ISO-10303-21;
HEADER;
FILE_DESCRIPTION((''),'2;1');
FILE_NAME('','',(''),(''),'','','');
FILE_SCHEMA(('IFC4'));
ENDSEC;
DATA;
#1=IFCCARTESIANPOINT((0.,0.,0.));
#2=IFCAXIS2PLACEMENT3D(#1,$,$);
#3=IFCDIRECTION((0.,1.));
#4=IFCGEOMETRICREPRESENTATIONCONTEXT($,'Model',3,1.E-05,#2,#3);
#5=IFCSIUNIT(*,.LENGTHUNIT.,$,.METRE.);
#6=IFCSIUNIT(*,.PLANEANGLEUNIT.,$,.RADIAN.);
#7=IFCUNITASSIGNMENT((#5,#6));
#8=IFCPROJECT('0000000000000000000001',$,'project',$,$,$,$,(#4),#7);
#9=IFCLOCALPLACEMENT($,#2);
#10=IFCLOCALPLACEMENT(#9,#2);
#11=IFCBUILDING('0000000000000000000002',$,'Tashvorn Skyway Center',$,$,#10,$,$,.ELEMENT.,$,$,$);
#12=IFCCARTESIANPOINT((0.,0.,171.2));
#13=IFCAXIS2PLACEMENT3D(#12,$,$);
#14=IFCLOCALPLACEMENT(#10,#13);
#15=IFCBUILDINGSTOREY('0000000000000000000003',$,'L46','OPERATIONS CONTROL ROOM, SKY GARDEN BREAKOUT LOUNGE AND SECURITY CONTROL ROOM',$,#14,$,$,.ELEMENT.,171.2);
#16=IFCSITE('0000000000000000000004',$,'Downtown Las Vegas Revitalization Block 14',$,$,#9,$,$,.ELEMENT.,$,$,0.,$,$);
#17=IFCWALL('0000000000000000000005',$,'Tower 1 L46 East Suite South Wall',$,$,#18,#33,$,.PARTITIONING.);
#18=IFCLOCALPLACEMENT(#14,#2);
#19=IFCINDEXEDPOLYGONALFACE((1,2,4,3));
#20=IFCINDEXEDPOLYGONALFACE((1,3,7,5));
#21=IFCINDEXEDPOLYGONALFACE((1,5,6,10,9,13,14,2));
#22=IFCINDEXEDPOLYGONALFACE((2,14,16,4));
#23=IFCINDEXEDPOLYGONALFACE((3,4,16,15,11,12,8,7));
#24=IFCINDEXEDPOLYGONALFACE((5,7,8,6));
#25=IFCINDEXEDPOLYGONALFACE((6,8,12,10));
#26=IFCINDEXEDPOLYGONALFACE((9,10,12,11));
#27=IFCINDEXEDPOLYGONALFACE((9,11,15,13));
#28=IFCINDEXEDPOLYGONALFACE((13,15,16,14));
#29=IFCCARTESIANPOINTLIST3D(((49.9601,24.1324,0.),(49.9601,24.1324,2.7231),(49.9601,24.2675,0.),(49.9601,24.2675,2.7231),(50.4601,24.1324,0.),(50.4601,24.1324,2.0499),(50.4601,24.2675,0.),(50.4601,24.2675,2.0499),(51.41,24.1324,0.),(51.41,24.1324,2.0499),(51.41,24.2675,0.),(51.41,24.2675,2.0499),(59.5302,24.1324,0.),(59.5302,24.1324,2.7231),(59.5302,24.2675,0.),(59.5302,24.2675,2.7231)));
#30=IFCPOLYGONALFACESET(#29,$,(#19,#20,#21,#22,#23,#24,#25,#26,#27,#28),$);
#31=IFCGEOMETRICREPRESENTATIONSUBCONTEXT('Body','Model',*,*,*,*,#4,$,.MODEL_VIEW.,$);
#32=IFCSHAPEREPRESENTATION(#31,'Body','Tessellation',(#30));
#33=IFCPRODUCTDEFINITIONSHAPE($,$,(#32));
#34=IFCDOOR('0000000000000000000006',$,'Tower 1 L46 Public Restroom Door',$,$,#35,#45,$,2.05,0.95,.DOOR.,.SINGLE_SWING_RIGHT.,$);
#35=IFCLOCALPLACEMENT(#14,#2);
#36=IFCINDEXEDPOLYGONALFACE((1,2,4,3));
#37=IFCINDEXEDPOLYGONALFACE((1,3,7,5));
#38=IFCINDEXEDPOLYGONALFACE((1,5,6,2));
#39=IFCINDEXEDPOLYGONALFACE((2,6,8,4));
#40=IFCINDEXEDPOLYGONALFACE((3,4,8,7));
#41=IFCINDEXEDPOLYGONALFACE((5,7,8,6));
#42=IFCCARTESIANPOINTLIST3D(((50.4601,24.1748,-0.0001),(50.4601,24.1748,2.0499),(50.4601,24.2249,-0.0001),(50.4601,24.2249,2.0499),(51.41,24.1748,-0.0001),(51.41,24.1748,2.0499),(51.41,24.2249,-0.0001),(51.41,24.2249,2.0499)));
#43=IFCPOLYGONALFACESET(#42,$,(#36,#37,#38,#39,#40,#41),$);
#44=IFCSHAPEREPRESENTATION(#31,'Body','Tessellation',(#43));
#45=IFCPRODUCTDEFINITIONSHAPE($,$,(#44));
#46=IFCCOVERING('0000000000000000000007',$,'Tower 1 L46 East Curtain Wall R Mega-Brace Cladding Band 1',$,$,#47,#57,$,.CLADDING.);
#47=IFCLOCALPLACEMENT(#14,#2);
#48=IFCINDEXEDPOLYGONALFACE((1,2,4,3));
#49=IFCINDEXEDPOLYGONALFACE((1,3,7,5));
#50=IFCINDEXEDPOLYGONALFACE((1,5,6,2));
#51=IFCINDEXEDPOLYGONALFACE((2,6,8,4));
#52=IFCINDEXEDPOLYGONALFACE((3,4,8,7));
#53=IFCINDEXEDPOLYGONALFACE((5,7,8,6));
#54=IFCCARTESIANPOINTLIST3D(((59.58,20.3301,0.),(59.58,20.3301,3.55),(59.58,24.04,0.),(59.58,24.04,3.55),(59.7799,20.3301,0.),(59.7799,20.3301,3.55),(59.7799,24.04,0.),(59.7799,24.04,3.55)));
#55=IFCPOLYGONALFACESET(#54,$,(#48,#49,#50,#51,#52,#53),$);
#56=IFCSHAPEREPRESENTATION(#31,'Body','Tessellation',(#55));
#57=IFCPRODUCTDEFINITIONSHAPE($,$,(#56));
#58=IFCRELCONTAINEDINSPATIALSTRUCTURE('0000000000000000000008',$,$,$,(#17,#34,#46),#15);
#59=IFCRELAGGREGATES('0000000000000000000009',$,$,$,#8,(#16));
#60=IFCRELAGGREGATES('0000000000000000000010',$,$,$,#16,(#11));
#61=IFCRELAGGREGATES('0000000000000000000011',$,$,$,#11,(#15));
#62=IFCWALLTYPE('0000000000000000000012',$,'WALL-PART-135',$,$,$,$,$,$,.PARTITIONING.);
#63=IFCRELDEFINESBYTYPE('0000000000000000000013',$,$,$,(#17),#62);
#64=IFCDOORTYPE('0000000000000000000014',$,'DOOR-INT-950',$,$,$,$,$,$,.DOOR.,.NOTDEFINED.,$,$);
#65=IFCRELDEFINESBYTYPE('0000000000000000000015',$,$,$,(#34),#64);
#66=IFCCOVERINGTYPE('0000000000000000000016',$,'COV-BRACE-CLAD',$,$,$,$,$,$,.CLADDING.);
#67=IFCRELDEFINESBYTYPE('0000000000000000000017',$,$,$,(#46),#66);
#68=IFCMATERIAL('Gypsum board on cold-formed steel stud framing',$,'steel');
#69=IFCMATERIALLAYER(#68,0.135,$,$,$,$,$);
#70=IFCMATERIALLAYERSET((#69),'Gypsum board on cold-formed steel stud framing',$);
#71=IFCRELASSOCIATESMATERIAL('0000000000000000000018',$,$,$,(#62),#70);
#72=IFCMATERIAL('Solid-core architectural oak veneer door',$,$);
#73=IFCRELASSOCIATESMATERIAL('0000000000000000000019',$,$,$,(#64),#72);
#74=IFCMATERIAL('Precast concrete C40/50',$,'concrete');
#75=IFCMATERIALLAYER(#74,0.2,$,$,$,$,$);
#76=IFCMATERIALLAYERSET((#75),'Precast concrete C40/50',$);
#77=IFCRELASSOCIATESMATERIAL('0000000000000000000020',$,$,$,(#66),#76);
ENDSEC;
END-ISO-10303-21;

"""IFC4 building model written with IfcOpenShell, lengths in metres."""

from ifc_helpers import new_model, si_unit, direction, frame, frame_2d, origin, origin_2d, place, context, subcontext, project, spatial, rectangle, extrude, material, layer, layer_set, type_object, element, fill, save


model = new_model("IFC4")

# Units and contexts
model_context = context("Model", 3, precision=1e-05, world=origin(), true_north=direction((0.0, 1.0)))
body_context = subcontext(model_context, "Body", "Model", "MODEL_VIEW")
ifc_project = project(units=[si_unit("LENGTHUNIT", "METRE"), si_unit("PLANEANGLEUNIT", "RADIAN")], contexts=[model_context])

# Site, building, storey
site_placement = place(None, origin())
site = spatial("IfcSite", under=ifc_project, at=site_placement, Name="Downtown Las Vegas Revitalization Block 14", CompositionType="ELEMENT", RefElevation=0.0)
building_placement = place(site_placement, origin())
building = spatial("IfcBuilding", under=site, at=building_placement, Name="Tashvorn Skyway Center", CompositionType="ELEMENT")
storey_placement = place(building_placement, frame((0.0, 0.0, 171.2)))
storey = spatial("IfcBuildingStorey", under=building, at=storey_placement, Name="L46", Description="OPERATIONS CONTROL ROOM, SKY GARDEN BREAKOUT LOUNGE AND SECURITY CONTROL ROOM", CompositionType="ELEMENT", Elevation=171.2)

# Shared definitions
ifc_material_1 = material(Name="Gypsum board on cold-formed steel stud framing", Category="steel")
ifc_layer_1 = layer(ifc_material_1, 0.135)
ifc_layer_set_1 = layer_set([ifc_layer_1], Name="Gypsum board on cold-formed steel stud framing")
wall_type_1 = type_object("IfcWallType", Name="WALL-PART-135", PredefinedType="PARTITIONING", material=ifc_layer_set_1)
ifc_material_2 = material(Name="Solid-core architectural oak veneer door")
door_type_1 = type_object("IfcDoorType", Name="DOOR-INT-950", OperationType="NOTDEFINED", PredefinedType="DOOR", material=ifc_material_2)

# Wall, opening, door
wall_1_placement = place(storey_placement, frame((49.96, 24.2, 0.0), z_axis=(0.0, 0.0, 1.0), x_axis=(1.0, 0.0, 0.0)))
wall_1 = element("IfcWall", 1, at=wall_1_placement, inside=storey, type_object=wall_type_1, Name="Tower 1 L46 East Suite South Wall", PredefinedType="PARTITIONING", context=body_context, shape_type="SweptSolid", body=[
    extrude(rectangle(XDim=9.5701, YDim=0.135, at=frame_2d((4.7852, 0.0))), origin(), (0.0, 0.0, 1.0), 2.7231),
])
opening_1_placement = place(wall_1_placement, frame((0.5, 0.0, 0.0)))
opening_1 = element("IfcOpeningElement", 2, at=opening_1_placement, cuts=wall_1, PredefinedType="OPENING", context=body_context, shape_type="SweptSolid", body=[
    extrude(rectangle(XDim=0.95, YDim=2.05, at=frame_2d((0.4751, 1.0249))), frame((0.0, 0.0774, 0.0), z_axis=(0.0, -1.0, 0.0), x_axis=(1.0, 0.0, 0.0)), (0.0, 0.0, 1.0), 0.155),
])
door_1_placement = place(opening_1_placement, origin())
door_1 = element("IfcDoor", 3, at=door_1_placement, inside=storey, type_object=door_type_1, Name="Tower 1 L46 Public Restroom Door", OperationType="SINGLE_SWING_RIGHT", OverallHeight=2.05, OverallWidth=0.95, PredefinedType="DOOR", context=body_context, shape_type="SweptSolid", body=[
    extrude(rectangle(XDim=0.95, YDim=2.05, at=frame_2d((0.4751, 1.0249))), frame((0.0, 0.0249, 0.0), z_axis=(0.0, -1.0, 0.0), x_axis=(1.0, 0.0, 0.0)), (0.0, 0.0, 1.0), 0.05),
])
fill(opening_1, door_1)

# Covering
ifc_material_3 = material(Name="Precast concrete C40/50", Category="concrete")
ifc_layer_2 = layer(ifc_material_3, 0.2)
ifc_layer_set_2 = layer_set([ifc_layer_2], Name="Precast concrete C40/50")
covering_type = type_object("IfcCoveringType", Name="COV-BRACE-CLAD", PredefinedType="CLADDING", material=ifc_layer_set_2)
covering_placement = place(storey_placement, frame((59.6799, 22.1851, 0.0), z_axis=(0.0, 0.0, 1.0), x_axis=(0.0, -1.0, 0.0)))
element("IfcCovering", 4, at=covering_placement, inside=storey, type_object=covering_type, Name="Tower 1 L46 East Curtain Wall R Mega-Brace Cladding Band 1", PredefinedType="CLADDING", context=body_context, shape_type="SweptSolid", body=[
    extrude(rectangle(XDim=3.71, YDim=0.2, at=origin_2d()), origin(), (0.0, 0.0, 1.0), 3.55),
])

save(model, "model.ifc")
